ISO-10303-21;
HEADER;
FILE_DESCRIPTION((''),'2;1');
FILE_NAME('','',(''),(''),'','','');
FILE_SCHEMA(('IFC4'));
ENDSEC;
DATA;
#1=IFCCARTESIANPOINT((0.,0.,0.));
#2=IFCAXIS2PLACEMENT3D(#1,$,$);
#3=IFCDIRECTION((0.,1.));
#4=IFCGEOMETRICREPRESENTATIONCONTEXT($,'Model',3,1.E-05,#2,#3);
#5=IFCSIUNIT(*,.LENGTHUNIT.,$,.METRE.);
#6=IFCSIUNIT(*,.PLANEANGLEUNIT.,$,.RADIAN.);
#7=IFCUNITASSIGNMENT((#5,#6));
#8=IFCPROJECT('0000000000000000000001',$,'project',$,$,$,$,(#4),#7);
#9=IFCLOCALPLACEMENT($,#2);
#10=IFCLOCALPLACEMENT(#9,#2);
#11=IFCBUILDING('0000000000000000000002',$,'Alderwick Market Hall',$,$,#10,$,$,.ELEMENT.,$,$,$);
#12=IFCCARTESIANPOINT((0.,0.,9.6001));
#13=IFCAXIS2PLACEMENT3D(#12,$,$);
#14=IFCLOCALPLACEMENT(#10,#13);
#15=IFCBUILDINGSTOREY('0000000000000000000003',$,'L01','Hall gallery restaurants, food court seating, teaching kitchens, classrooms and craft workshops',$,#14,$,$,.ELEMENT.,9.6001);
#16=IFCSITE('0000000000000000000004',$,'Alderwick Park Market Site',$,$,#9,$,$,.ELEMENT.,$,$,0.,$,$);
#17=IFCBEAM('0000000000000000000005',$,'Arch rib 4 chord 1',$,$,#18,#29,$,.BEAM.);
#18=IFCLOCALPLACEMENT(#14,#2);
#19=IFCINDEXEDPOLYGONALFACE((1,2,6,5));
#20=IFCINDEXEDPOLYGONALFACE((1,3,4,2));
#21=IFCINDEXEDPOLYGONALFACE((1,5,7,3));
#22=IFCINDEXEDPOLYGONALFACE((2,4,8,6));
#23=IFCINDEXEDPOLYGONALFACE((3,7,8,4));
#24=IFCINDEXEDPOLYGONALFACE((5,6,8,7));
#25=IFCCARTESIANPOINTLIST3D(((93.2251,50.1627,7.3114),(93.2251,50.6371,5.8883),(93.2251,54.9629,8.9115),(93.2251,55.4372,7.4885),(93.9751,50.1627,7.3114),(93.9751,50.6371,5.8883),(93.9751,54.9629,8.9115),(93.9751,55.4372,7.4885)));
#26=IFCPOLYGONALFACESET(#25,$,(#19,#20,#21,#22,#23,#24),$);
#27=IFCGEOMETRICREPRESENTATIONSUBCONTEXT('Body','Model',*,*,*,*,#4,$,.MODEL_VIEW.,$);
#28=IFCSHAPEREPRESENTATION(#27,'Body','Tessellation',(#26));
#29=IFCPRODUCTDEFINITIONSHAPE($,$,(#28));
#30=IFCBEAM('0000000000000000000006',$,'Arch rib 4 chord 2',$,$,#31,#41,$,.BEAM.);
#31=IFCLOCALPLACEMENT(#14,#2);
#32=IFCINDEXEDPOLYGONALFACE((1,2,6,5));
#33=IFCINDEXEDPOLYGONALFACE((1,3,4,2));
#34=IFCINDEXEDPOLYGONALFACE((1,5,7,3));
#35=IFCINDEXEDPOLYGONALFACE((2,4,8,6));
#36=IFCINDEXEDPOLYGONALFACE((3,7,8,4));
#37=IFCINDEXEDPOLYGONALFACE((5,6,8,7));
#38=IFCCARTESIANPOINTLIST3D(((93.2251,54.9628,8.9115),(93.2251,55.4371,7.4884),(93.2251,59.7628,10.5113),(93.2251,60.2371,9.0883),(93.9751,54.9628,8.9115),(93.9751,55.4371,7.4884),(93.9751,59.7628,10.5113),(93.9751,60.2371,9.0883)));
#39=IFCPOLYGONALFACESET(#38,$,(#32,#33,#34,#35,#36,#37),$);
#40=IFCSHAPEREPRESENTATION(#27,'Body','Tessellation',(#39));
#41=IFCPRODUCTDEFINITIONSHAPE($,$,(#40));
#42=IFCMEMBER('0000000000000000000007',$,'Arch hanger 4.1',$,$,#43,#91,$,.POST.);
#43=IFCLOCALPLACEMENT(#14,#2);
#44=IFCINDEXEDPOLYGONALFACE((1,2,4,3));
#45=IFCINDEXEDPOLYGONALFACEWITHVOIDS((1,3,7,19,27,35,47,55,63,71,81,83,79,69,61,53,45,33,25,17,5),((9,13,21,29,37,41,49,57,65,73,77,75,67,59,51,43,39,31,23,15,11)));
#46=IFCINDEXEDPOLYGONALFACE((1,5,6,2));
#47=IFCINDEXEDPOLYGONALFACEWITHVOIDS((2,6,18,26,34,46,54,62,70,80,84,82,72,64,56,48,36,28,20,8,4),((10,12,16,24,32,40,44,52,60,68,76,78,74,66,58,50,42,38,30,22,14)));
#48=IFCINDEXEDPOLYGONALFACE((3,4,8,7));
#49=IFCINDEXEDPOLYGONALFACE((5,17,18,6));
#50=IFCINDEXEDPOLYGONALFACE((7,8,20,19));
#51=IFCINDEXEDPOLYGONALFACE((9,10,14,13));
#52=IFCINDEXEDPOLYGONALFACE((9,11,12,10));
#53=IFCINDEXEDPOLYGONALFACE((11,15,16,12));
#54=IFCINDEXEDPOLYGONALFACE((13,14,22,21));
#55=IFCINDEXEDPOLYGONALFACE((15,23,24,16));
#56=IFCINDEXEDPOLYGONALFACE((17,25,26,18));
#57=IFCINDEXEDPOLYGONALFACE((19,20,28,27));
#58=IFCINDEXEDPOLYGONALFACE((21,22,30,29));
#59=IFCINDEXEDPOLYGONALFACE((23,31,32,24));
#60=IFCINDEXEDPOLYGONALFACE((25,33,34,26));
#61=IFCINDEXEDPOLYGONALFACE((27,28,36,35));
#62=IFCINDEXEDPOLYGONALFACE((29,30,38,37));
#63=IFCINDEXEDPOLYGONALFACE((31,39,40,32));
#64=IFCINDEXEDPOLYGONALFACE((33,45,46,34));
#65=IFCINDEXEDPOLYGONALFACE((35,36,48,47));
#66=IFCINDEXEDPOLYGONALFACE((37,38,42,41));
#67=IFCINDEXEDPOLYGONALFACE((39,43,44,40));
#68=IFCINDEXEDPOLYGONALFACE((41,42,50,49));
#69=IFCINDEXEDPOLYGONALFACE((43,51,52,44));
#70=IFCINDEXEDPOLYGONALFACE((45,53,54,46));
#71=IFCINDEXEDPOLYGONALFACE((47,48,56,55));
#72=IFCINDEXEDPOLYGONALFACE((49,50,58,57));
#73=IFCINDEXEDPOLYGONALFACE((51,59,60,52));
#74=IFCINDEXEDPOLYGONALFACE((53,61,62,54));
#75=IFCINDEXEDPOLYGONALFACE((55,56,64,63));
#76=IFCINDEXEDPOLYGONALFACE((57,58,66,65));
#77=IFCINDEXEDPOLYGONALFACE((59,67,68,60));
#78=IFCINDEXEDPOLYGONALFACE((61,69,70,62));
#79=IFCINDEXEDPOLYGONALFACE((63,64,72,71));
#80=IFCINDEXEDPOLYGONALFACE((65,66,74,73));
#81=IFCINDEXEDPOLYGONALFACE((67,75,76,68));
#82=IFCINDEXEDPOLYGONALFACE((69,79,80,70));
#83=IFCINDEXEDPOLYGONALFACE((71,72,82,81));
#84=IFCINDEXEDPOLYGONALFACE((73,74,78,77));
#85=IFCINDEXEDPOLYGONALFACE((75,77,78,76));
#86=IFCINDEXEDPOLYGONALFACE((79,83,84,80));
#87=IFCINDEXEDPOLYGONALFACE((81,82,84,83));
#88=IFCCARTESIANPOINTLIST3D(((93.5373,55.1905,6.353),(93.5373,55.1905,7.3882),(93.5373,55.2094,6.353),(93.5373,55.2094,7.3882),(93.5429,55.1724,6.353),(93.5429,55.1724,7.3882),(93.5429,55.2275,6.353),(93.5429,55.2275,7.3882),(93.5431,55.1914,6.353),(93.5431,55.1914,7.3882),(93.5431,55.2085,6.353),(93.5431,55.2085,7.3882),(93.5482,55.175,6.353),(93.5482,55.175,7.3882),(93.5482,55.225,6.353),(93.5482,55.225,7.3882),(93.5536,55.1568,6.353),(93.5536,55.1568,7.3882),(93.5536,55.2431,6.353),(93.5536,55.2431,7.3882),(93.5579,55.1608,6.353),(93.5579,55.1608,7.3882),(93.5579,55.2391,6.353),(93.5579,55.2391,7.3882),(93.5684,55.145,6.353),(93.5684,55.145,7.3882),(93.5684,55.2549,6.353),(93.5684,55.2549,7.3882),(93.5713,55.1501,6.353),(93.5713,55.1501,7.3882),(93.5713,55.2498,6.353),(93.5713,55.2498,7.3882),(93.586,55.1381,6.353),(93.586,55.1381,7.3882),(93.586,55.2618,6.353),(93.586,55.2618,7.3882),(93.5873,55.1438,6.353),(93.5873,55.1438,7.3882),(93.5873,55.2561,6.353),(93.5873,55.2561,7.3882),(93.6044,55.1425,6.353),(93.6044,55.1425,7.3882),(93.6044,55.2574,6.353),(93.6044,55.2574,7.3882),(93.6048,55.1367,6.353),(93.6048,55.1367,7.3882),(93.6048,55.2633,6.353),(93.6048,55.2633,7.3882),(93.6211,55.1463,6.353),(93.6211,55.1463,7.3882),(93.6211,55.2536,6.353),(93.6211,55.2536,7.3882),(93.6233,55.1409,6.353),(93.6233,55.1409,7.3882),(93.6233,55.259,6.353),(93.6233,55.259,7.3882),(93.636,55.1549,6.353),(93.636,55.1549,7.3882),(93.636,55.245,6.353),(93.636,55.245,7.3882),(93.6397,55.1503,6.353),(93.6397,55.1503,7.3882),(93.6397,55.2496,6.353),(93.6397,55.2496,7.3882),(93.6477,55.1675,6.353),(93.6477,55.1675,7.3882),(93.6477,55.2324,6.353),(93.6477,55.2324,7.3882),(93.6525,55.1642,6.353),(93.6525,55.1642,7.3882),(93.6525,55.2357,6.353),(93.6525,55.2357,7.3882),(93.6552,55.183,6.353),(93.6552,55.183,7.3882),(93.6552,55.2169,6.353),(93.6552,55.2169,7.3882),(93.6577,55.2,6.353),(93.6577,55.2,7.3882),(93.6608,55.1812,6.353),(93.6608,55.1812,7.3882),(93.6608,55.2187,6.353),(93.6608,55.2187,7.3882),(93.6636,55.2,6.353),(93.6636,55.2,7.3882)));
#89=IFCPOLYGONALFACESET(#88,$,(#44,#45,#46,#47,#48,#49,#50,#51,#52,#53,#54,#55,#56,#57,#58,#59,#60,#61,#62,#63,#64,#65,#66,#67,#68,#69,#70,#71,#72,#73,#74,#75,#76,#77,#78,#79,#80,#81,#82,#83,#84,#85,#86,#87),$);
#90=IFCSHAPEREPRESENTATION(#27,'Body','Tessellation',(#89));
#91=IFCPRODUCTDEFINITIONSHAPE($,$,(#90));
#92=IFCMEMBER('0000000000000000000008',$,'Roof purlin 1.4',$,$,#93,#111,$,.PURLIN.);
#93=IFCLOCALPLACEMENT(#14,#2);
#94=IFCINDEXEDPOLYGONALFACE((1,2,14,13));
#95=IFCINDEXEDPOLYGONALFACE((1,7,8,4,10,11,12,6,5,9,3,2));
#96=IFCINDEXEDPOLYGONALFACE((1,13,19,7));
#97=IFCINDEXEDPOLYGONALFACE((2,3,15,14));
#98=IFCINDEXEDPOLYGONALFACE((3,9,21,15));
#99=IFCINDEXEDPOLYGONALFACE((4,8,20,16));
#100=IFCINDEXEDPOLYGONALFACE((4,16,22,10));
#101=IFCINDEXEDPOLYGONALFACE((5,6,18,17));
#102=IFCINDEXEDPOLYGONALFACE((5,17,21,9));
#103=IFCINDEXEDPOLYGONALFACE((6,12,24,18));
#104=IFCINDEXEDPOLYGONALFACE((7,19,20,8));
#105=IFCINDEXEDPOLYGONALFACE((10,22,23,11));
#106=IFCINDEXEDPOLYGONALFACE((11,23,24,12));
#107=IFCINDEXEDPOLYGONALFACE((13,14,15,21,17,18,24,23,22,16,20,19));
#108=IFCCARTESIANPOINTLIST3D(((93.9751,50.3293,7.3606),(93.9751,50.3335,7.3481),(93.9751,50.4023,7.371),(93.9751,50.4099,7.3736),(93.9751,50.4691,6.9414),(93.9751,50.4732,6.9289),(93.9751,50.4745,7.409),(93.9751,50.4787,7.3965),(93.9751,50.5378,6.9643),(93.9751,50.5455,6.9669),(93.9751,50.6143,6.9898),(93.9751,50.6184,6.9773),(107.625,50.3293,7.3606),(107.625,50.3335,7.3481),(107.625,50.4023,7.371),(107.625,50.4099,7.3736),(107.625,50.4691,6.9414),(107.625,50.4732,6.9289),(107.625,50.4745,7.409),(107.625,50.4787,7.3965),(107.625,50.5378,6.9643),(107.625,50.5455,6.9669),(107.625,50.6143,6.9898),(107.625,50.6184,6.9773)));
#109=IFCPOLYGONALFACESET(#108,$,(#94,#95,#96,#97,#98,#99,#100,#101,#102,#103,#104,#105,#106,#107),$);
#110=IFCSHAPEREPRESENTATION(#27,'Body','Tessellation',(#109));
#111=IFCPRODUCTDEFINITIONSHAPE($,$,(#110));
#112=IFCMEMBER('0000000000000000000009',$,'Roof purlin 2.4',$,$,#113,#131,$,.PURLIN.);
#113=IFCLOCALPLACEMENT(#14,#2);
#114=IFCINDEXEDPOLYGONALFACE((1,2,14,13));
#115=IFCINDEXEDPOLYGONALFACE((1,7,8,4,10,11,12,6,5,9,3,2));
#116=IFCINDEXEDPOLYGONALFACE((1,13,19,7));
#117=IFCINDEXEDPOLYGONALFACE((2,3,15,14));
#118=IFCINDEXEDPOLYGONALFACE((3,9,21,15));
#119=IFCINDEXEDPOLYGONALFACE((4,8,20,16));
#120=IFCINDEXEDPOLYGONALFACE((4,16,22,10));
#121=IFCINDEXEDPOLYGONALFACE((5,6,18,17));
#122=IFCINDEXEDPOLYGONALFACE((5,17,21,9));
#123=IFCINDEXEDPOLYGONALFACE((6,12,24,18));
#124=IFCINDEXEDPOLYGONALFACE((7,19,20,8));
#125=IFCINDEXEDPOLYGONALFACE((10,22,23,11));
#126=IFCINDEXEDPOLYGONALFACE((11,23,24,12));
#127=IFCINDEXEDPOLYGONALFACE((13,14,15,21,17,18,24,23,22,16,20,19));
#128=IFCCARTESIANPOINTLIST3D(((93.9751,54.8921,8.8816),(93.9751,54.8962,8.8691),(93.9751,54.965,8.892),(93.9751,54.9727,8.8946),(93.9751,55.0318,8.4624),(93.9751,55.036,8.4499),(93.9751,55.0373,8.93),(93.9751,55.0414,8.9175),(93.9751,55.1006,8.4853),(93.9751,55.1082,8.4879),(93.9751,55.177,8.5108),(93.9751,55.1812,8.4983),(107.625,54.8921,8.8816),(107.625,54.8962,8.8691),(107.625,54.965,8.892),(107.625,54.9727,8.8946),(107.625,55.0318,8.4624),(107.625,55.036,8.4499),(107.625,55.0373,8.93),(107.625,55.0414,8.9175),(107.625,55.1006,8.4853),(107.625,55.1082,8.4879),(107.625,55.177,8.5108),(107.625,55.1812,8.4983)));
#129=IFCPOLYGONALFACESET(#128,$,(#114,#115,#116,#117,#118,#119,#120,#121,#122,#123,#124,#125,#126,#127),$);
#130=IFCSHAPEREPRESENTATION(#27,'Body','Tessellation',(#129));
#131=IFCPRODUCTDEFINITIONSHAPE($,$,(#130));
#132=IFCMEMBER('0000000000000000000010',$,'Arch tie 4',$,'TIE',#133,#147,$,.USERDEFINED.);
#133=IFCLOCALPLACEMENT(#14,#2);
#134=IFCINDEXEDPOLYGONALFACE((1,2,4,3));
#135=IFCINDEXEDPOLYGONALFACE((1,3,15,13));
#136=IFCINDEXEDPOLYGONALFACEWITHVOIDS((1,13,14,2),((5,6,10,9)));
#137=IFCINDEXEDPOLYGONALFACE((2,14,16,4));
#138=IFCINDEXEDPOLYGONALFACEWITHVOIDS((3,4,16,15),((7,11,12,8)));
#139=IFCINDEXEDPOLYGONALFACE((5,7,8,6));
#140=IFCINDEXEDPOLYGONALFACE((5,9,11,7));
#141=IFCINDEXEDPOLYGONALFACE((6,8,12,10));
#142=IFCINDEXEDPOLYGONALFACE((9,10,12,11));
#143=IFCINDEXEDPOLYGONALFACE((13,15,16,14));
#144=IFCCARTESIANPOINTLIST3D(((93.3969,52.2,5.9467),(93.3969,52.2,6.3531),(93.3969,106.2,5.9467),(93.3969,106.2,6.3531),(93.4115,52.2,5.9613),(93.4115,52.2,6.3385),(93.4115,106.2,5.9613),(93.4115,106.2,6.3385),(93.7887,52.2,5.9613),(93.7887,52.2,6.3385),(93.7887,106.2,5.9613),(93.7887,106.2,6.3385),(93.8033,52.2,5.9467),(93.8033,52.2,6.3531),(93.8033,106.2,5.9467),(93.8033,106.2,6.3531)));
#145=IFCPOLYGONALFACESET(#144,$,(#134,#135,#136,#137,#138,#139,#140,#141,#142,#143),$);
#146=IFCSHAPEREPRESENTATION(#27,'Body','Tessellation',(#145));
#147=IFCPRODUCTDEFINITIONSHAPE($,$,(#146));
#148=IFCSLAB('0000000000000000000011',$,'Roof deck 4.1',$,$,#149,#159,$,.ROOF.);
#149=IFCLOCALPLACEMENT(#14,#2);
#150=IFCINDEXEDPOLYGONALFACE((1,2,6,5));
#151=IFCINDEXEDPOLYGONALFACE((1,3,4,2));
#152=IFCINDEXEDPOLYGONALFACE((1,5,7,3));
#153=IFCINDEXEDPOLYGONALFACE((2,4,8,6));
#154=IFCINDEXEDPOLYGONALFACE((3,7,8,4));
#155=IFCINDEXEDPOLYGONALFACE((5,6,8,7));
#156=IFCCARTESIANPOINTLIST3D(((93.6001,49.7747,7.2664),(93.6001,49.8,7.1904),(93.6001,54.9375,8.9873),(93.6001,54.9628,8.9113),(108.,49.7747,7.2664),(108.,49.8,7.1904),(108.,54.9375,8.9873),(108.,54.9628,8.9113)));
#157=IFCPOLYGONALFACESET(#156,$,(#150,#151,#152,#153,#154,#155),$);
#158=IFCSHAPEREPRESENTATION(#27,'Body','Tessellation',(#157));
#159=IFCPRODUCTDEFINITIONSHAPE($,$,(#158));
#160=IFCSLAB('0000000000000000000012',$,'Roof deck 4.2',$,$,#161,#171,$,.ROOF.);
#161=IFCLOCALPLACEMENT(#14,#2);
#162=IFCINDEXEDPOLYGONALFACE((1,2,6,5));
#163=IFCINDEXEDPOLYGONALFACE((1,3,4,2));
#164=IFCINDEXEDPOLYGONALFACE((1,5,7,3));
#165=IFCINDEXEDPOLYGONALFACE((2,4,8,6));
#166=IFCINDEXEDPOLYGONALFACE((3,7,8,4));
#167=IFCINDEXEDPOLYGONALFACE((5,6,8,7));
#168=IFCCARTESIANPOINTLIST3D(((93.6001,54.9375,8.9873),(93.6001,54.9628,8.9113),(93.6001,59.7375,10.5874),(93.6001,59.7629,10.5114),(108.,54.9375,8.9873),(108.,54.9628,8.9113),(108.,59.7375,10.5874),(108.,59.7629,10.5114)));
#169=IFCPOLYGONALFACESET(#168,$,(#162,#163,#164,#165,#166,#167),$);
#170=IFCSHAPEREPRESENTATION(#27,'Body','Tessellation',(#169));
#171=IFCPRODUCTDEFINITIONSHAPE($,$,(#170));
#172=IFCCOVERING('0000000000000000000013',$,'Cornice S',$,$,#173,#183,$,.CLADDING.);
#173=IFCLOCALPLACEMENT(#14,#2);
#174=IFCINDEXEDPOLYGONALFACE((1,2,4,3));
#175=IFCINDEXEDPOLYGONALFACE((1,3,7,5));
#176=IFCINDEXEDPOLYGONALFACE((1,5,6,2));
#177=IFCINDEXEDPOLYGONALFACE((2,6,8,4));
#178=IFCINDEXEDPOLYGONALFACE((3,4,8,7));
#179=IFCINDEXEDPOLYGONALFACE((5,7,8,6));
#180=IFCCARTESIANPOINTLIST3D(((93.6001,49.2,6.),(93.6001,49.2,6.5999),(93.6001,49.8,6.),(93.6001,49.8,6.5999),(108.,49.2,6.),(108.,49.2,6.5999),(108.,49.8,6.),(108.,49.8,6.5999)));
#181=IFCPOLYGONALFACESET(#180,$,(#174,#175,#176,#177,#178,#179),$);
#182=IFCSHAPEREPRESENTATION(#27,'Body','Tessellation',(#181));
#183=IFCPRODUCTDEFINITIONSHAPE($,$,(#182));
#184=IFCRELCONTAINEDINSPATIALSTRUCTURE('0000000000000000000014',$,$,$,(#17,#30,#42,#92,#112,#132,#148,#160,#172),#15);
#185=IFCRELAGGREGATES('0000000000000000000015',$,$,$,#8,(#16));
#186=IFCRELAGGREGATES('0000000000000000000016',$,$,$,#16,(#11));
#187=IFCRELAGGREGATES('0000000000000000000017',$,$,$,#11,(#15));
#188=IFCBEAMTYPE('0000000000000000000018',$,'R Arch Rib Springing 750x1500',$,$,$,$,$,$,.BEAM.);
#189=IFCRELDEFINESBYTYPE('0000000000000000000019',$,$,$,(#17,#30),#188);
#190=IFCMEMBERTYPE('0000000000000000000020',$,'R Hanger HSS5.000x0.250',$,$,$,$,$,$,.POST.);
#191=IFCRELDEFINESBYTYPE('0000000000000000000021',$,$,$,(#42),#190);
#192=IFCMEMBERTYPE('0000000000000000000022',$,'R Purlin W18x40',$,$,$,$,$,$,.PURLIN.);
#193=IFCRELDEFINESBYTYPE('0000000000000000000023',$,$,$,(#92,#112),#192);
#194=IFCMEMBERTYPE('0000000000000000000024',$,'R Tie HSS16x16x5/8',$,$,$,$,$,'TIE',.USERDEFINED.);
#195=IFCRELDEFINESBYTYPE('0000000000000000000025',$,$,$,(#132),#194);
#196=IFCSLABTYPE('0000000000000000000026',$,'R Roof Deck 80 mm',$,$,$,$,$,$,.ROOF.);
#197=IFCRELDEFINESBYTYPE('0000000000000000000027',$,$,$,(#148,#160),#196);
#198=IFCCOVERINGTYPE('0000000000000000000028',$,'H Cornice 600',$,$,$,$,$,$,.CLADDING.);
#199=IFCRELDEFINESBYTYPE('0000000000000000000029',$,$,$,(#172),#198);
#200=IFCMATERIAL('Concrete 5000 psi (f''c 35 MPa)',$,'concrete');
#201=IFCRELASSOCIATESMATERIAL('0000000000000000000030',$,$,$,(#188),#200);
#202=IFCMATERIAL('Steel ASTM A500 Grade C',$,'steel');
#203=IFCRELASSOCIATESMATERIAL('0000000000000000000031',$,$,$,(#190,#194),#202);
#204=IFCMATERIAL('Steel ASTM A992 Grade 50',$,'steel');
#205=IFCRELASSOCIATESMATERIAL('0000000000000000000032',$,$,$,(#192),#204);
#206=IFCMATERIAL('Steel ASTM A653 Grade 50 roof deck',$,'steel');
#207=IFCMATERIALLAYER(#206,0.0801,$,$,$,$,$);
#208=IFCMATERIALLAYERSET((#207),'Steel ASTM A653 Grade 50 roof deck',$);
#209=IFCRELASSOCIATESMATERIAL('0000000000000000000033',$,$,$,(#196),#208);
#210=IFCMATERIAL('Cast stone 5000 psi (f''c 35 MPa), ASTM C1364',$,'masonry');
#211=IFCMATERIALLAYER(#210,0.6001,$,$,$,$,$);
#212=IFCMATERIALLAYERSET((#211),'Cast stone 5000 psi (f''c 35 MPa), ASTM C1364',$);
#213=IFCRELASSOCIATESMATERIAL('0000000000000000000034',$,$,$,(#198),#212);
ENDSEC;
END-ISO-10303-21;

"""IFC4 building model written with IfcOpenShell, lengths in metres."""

from ifc_helpers import new_model, si_unit, direction, frame, frame_2d, origin, origin_2d, place, context, subcontext, project, spatial, polyline, rectangle, hollow_rectangle, hollow_circle, i_section, outline, extrude, material, layer, layer_set, material_profile, profile_set, type_object, element, save


model = new_model("IFC4")

# Units and contexts
model_context = context("Model", 3, precision=1e-05, world=origin(), true_north=direction((0.0, 1.0)))
body_context = subcontext(model_context, "Body", "Model", "MODEL_VIEW")
ifc_project = project(units=[si_unit("LENGTHUNIT", "METRE"), si_unit("PLANEANGLEUNIT", "RADIAN")], contexts=[model_context])

# Site, building, storey
site_placement = place(None, origin())
site = spatial("IfcSite", under=ifc_project, at=site_placement, Name="Alderwick Park Market Site", CompositionType="ELEMENT", RefElevation=0.0)
building_placement = place(site_placement, origin())
building = spatial("IfcBuilding", under=site, at=building_placement, Name="Alderwick Market Hall", CompositionType="ELEMENT")
storey_placement = place(building_placement, frame((0.0, 0.0, 9.6001)))
storey = spatial("IfcBuildingStorey", under=building, at=storey_placement, Name="L01", Description="Hall gallery restaurants, food court seating, teaching kitchens, classrooms and craft workshops", CompositionType="ELEMENT", Elevation=9.6001)

# Beams
ifc_material_1 = material(Name="Concrete 5000 psi (f'c 35 MPa)", Category="concrete")
ifc_material_profile_1 = material_profile(ifc_material_1, rectangle(XDim=0.75, YDim=1.5, at=origin_2d()), Name="RC 750x1500")
ifc_profile_set_1 = profile_set([ifc_material_profile_1], Name="Concrete 5000 psi (f'c 35 MPa)")
beam_type = type_object("IfcBeamType", Name="R Arch Rib Springing 750x1500", PredefinedType="BEAM", material=ifc_profile_set_1)
beam_1_placement = place(storey_placement, frame((93.6001, 50.3999, 6.5999), z_axis=(0.0, 0.948678, 0.316242), x_axis=(-1.0, 0.0, 0.0)))
element("IfcBeam", 1, at=beam_1_placement, inside=storey, type_object=beam_type, Name="Arch rib 4 chord 1", PredefinedType="BEAM", context=body_context, shape_type="SweptSolid", body=[
    extrude(rectangle(XDim=0.75, YDim=1.5, at=origin_2d()), origin(), (0.0, 0.0, 1.0), 5.0598),
])
beam_2_placement = place(storey_placement, frame((93.6001, 55.2, 8.2), z_axis=(0.0, 0.948693, 0.316199), x_axis=(-1.0, 0.0, 0.0)))
element("IfcBeam", 2, at=beam_2_placement, inside=storey, type_object=beam_type, Name="Arch rib 4 chord 2", PredefinedType="BEAM", context=body_context, shape_type="SweptSolid", body=[
    extrude(rectangle(XDim=0.75, YDim=1.5, at=origin_2d()), origin(), (0.0, 0.0, 1.0), 5.0596),
])

# Members
ifc_material_2 = material(Name="Steel ASTM A500 Grade C", Category="steel")
ifc_material_profile_2 = material_profile(ifc_material_2, hollow_circle(Radius=0.0635, WallThickness=0.0059, at=origin_2d()), Name="HSS5.000x0.250")
ifc_profile_set_2 = profile_set([ifc_material_profile_2], Name="Steel ASTM A500 Grade C")
member_type_1 = type_object("IfcMemberType", Name="R Hanger HSS5.000x0.250", PredefinedType="POST", material=ifc_profile_set_2)
member_1_placement = place(storey_placement, frame((93.6001, 55.2, 6.353), z_axis=(0.0, 0.0, 1.0), x_axis=(1.0, 0.0, 0.0)))
element("IfcMember", 3, at=member_1_placement, inside=storey, type_object=member_type_1, Name="Arch hanger 4.1", PredefinedType="POST", context=body_context, shape_type="SweptSolid", body=[
    extrude(hollow_circle(Radius=0.0635, WallThickness=0.0059, at=origin_2d()), origin(), (0.0, 0.0, 1.0), 1.0352),
])
ifc_material_3 = material(Name="Steel ASTM A992 Grade 50", Category="steel")
ifc_material_profile_3 = material_profile(ifc_material_3, i_section(OverallWidth=0.1531, OverallDepth=0.4551, WebThickness=0.0081, FlangeThickness=0.0132, at=origin_2d()), Name="W18x40")
ifc_profile_set_3 = profile_set([ifc_material_profile_3], Name="Steel ASTM A992 Grade 50")
member_type_2 = type_object("IfcMemberType", Name="R Purlin W18x40", PredefinedType="PURLIN", material=ifc_profile_set_3)
for number, where, z_axis, x_axis, name in (
    (4, (93.9751, 50.4739, 7.1689), (1.0, 0.0, 0.0), (0.0, 0.948683, 0.316228), "Roof purlin 1.4"),
    (5, (93.9751, 55.0366, 8.6899), (1.0, 0.0, 0.0), (0.0, 0.948683, 0.316228), "Roof purlin 2.4"),
):
    element("IfcMember", number, at=place(storey_placement, frame(where, z_axis=z_axis, x_axis=x_axis)), inside=storey, type_object=member_type_2, Name=name, PredefinedType="PURLIN", context=body_context, shape_type="SweptSolid", body=[
        extrude(i_section(OverallWidth=0.1531, OverallDepth=0.4551, WebThickness=0.0081, FlangeThickness=0.0132, at=origin_2d()), origin(), (0.0, 0.0, 1.0), 13.6499),
    ])
ifc_material_profile_4 = material_profile(ifc_material_2, hollow_rectangle(XDim=0.4065, YDim=0.4065, WallThickness=0.0146, at=origin_2d()), Name="HSS16x16x5/8")
ifc_profile_set_4 = profile_set([ifc_material_profile_4], Name="Steel ASTM A500 Grade C")
member_type_3 = type_object("IfcMemberType", Name="R Tie HSS16x16x5/8", ElementType="TIE", PredefinedType="USERDEFINED", material=ifc_profile_set_4)
member_2_placement = place(storey_placement, frame((93.6001, 52.2, 6.1499), z_axis=(0.0, 1.0, 0.0), x_axis=(-1.0, 0.0, 0.0)))
element("IfcMember", 6, at=member_2_placement, inside=storey, type_object=member_type_3, Name="Arch tie 4", ObjectType="TIE", PredefinedType="USERDEFINED", context=body_context, shape_type="SweptSolid", body=[
    extrude(hollow_rectangle(XDim=0.4065, YDim=0.4065, WallThickness=0.0146, at=origin_2d()), origin(), (0.0, 0.0, 1.0), 54.0),
])

# Slabs
ifc_material_4 = material(Name="Steel ASTM A653 Grade 50 roof deck", Category="steel")
ifc_layer_1 = layer(ifc_material_4, 0.0801)
ifc_layer_set_1 = layer_set([ifc_layer_1], Name="Steel ASTM A653 Grade 50 roof deck")
slab_type = type_object("IfcSlabType", Name="R Roof Deck 80 mm", PredefinedType="ROOF", material=ifc_layer_set_1)
slab_1_placement = place(storey_placement, frame((93.6001, 49.7747, 7.2664), z_axis=(0.0, -0.316228, 0.948683), x_axis=(1.0, 0.0, 0.0)))
element("IfcSlab", 7, at=slab_1_placement, inside=storey, type_object=slab_type, Name="Roof deck 4.1", PredefinedType="ROOF", context=body_context, shape_type="SweptSolid", body=[
    extrude(outline(polyline([(0.0, 0.0), (14.3999, 0.0), (14.3999, 5.4421), (0.0, 5.4421), (0.0, 0.0)])), origin(), (0.0, 0.0, -1.0), 0.0801),
])
slab_2_placement = place(storey_placement, frame((93.6001, 54.9375, 8.9873), z_axis=(0.0, -0.316242, 0.948678), x_axis=(1.0, 0.0, 0.0)))
element("IfcSlab", 8, at=slab_2_placement, inside=storey, type_object=slab_type, Name="Roof deck 4.2", PredefinedType="ROOF", context=body_context, shape_type="SweptSolid", body=[
    extrude(outline(polyline([(0.0, 0.0), (14.3999, 0.0), (14.3999, 5.0597), (0.0, 5.0597), (0.0, 0.0)])), origin(), (0.0, 0.0, -1.0), 0.0801),
])

# Covering
ifc_material_5 = material(Name="Cast stone 5000 psi (f'c 35 MPa), ASTM C1364", Category="masonry")
ifc_layer_2 = layer(ifc_material_5, 0.6001)
ifc_layer_set_2 = layer_set([ifc_layer_2], Name="Cast stone 5000 psi (f'c 35 MPa), ASTM C1364")
covering_type_1 = type_object("IfcCoveringType", Name="H Cornice 600", PredefinedType="CLADDING", material=ifc_layer_set_2)
covering_1_placement = place(storey_placement, frame((93.6001, 49.5, 6.0), z_axis=(0.0, 0.0, 1.0), x_axis=(1.0, 0.0, 0.0)))
element("IfcCovering", 9, at=covering_1_placement, inside=storey, type_object=covering_type_1, Name="Cornice S", PredefinedType="CLADDING", context=body_context, shape_type="SweptSolid", body=[
    extrude(rectangle(XDim=14.3999, YDim=0.6001, at=frame_2d((7.2, 0.0))), origin(), (0.0, 0.0, 1.0), 0.5999),
])

save(model, "model.ifc")
